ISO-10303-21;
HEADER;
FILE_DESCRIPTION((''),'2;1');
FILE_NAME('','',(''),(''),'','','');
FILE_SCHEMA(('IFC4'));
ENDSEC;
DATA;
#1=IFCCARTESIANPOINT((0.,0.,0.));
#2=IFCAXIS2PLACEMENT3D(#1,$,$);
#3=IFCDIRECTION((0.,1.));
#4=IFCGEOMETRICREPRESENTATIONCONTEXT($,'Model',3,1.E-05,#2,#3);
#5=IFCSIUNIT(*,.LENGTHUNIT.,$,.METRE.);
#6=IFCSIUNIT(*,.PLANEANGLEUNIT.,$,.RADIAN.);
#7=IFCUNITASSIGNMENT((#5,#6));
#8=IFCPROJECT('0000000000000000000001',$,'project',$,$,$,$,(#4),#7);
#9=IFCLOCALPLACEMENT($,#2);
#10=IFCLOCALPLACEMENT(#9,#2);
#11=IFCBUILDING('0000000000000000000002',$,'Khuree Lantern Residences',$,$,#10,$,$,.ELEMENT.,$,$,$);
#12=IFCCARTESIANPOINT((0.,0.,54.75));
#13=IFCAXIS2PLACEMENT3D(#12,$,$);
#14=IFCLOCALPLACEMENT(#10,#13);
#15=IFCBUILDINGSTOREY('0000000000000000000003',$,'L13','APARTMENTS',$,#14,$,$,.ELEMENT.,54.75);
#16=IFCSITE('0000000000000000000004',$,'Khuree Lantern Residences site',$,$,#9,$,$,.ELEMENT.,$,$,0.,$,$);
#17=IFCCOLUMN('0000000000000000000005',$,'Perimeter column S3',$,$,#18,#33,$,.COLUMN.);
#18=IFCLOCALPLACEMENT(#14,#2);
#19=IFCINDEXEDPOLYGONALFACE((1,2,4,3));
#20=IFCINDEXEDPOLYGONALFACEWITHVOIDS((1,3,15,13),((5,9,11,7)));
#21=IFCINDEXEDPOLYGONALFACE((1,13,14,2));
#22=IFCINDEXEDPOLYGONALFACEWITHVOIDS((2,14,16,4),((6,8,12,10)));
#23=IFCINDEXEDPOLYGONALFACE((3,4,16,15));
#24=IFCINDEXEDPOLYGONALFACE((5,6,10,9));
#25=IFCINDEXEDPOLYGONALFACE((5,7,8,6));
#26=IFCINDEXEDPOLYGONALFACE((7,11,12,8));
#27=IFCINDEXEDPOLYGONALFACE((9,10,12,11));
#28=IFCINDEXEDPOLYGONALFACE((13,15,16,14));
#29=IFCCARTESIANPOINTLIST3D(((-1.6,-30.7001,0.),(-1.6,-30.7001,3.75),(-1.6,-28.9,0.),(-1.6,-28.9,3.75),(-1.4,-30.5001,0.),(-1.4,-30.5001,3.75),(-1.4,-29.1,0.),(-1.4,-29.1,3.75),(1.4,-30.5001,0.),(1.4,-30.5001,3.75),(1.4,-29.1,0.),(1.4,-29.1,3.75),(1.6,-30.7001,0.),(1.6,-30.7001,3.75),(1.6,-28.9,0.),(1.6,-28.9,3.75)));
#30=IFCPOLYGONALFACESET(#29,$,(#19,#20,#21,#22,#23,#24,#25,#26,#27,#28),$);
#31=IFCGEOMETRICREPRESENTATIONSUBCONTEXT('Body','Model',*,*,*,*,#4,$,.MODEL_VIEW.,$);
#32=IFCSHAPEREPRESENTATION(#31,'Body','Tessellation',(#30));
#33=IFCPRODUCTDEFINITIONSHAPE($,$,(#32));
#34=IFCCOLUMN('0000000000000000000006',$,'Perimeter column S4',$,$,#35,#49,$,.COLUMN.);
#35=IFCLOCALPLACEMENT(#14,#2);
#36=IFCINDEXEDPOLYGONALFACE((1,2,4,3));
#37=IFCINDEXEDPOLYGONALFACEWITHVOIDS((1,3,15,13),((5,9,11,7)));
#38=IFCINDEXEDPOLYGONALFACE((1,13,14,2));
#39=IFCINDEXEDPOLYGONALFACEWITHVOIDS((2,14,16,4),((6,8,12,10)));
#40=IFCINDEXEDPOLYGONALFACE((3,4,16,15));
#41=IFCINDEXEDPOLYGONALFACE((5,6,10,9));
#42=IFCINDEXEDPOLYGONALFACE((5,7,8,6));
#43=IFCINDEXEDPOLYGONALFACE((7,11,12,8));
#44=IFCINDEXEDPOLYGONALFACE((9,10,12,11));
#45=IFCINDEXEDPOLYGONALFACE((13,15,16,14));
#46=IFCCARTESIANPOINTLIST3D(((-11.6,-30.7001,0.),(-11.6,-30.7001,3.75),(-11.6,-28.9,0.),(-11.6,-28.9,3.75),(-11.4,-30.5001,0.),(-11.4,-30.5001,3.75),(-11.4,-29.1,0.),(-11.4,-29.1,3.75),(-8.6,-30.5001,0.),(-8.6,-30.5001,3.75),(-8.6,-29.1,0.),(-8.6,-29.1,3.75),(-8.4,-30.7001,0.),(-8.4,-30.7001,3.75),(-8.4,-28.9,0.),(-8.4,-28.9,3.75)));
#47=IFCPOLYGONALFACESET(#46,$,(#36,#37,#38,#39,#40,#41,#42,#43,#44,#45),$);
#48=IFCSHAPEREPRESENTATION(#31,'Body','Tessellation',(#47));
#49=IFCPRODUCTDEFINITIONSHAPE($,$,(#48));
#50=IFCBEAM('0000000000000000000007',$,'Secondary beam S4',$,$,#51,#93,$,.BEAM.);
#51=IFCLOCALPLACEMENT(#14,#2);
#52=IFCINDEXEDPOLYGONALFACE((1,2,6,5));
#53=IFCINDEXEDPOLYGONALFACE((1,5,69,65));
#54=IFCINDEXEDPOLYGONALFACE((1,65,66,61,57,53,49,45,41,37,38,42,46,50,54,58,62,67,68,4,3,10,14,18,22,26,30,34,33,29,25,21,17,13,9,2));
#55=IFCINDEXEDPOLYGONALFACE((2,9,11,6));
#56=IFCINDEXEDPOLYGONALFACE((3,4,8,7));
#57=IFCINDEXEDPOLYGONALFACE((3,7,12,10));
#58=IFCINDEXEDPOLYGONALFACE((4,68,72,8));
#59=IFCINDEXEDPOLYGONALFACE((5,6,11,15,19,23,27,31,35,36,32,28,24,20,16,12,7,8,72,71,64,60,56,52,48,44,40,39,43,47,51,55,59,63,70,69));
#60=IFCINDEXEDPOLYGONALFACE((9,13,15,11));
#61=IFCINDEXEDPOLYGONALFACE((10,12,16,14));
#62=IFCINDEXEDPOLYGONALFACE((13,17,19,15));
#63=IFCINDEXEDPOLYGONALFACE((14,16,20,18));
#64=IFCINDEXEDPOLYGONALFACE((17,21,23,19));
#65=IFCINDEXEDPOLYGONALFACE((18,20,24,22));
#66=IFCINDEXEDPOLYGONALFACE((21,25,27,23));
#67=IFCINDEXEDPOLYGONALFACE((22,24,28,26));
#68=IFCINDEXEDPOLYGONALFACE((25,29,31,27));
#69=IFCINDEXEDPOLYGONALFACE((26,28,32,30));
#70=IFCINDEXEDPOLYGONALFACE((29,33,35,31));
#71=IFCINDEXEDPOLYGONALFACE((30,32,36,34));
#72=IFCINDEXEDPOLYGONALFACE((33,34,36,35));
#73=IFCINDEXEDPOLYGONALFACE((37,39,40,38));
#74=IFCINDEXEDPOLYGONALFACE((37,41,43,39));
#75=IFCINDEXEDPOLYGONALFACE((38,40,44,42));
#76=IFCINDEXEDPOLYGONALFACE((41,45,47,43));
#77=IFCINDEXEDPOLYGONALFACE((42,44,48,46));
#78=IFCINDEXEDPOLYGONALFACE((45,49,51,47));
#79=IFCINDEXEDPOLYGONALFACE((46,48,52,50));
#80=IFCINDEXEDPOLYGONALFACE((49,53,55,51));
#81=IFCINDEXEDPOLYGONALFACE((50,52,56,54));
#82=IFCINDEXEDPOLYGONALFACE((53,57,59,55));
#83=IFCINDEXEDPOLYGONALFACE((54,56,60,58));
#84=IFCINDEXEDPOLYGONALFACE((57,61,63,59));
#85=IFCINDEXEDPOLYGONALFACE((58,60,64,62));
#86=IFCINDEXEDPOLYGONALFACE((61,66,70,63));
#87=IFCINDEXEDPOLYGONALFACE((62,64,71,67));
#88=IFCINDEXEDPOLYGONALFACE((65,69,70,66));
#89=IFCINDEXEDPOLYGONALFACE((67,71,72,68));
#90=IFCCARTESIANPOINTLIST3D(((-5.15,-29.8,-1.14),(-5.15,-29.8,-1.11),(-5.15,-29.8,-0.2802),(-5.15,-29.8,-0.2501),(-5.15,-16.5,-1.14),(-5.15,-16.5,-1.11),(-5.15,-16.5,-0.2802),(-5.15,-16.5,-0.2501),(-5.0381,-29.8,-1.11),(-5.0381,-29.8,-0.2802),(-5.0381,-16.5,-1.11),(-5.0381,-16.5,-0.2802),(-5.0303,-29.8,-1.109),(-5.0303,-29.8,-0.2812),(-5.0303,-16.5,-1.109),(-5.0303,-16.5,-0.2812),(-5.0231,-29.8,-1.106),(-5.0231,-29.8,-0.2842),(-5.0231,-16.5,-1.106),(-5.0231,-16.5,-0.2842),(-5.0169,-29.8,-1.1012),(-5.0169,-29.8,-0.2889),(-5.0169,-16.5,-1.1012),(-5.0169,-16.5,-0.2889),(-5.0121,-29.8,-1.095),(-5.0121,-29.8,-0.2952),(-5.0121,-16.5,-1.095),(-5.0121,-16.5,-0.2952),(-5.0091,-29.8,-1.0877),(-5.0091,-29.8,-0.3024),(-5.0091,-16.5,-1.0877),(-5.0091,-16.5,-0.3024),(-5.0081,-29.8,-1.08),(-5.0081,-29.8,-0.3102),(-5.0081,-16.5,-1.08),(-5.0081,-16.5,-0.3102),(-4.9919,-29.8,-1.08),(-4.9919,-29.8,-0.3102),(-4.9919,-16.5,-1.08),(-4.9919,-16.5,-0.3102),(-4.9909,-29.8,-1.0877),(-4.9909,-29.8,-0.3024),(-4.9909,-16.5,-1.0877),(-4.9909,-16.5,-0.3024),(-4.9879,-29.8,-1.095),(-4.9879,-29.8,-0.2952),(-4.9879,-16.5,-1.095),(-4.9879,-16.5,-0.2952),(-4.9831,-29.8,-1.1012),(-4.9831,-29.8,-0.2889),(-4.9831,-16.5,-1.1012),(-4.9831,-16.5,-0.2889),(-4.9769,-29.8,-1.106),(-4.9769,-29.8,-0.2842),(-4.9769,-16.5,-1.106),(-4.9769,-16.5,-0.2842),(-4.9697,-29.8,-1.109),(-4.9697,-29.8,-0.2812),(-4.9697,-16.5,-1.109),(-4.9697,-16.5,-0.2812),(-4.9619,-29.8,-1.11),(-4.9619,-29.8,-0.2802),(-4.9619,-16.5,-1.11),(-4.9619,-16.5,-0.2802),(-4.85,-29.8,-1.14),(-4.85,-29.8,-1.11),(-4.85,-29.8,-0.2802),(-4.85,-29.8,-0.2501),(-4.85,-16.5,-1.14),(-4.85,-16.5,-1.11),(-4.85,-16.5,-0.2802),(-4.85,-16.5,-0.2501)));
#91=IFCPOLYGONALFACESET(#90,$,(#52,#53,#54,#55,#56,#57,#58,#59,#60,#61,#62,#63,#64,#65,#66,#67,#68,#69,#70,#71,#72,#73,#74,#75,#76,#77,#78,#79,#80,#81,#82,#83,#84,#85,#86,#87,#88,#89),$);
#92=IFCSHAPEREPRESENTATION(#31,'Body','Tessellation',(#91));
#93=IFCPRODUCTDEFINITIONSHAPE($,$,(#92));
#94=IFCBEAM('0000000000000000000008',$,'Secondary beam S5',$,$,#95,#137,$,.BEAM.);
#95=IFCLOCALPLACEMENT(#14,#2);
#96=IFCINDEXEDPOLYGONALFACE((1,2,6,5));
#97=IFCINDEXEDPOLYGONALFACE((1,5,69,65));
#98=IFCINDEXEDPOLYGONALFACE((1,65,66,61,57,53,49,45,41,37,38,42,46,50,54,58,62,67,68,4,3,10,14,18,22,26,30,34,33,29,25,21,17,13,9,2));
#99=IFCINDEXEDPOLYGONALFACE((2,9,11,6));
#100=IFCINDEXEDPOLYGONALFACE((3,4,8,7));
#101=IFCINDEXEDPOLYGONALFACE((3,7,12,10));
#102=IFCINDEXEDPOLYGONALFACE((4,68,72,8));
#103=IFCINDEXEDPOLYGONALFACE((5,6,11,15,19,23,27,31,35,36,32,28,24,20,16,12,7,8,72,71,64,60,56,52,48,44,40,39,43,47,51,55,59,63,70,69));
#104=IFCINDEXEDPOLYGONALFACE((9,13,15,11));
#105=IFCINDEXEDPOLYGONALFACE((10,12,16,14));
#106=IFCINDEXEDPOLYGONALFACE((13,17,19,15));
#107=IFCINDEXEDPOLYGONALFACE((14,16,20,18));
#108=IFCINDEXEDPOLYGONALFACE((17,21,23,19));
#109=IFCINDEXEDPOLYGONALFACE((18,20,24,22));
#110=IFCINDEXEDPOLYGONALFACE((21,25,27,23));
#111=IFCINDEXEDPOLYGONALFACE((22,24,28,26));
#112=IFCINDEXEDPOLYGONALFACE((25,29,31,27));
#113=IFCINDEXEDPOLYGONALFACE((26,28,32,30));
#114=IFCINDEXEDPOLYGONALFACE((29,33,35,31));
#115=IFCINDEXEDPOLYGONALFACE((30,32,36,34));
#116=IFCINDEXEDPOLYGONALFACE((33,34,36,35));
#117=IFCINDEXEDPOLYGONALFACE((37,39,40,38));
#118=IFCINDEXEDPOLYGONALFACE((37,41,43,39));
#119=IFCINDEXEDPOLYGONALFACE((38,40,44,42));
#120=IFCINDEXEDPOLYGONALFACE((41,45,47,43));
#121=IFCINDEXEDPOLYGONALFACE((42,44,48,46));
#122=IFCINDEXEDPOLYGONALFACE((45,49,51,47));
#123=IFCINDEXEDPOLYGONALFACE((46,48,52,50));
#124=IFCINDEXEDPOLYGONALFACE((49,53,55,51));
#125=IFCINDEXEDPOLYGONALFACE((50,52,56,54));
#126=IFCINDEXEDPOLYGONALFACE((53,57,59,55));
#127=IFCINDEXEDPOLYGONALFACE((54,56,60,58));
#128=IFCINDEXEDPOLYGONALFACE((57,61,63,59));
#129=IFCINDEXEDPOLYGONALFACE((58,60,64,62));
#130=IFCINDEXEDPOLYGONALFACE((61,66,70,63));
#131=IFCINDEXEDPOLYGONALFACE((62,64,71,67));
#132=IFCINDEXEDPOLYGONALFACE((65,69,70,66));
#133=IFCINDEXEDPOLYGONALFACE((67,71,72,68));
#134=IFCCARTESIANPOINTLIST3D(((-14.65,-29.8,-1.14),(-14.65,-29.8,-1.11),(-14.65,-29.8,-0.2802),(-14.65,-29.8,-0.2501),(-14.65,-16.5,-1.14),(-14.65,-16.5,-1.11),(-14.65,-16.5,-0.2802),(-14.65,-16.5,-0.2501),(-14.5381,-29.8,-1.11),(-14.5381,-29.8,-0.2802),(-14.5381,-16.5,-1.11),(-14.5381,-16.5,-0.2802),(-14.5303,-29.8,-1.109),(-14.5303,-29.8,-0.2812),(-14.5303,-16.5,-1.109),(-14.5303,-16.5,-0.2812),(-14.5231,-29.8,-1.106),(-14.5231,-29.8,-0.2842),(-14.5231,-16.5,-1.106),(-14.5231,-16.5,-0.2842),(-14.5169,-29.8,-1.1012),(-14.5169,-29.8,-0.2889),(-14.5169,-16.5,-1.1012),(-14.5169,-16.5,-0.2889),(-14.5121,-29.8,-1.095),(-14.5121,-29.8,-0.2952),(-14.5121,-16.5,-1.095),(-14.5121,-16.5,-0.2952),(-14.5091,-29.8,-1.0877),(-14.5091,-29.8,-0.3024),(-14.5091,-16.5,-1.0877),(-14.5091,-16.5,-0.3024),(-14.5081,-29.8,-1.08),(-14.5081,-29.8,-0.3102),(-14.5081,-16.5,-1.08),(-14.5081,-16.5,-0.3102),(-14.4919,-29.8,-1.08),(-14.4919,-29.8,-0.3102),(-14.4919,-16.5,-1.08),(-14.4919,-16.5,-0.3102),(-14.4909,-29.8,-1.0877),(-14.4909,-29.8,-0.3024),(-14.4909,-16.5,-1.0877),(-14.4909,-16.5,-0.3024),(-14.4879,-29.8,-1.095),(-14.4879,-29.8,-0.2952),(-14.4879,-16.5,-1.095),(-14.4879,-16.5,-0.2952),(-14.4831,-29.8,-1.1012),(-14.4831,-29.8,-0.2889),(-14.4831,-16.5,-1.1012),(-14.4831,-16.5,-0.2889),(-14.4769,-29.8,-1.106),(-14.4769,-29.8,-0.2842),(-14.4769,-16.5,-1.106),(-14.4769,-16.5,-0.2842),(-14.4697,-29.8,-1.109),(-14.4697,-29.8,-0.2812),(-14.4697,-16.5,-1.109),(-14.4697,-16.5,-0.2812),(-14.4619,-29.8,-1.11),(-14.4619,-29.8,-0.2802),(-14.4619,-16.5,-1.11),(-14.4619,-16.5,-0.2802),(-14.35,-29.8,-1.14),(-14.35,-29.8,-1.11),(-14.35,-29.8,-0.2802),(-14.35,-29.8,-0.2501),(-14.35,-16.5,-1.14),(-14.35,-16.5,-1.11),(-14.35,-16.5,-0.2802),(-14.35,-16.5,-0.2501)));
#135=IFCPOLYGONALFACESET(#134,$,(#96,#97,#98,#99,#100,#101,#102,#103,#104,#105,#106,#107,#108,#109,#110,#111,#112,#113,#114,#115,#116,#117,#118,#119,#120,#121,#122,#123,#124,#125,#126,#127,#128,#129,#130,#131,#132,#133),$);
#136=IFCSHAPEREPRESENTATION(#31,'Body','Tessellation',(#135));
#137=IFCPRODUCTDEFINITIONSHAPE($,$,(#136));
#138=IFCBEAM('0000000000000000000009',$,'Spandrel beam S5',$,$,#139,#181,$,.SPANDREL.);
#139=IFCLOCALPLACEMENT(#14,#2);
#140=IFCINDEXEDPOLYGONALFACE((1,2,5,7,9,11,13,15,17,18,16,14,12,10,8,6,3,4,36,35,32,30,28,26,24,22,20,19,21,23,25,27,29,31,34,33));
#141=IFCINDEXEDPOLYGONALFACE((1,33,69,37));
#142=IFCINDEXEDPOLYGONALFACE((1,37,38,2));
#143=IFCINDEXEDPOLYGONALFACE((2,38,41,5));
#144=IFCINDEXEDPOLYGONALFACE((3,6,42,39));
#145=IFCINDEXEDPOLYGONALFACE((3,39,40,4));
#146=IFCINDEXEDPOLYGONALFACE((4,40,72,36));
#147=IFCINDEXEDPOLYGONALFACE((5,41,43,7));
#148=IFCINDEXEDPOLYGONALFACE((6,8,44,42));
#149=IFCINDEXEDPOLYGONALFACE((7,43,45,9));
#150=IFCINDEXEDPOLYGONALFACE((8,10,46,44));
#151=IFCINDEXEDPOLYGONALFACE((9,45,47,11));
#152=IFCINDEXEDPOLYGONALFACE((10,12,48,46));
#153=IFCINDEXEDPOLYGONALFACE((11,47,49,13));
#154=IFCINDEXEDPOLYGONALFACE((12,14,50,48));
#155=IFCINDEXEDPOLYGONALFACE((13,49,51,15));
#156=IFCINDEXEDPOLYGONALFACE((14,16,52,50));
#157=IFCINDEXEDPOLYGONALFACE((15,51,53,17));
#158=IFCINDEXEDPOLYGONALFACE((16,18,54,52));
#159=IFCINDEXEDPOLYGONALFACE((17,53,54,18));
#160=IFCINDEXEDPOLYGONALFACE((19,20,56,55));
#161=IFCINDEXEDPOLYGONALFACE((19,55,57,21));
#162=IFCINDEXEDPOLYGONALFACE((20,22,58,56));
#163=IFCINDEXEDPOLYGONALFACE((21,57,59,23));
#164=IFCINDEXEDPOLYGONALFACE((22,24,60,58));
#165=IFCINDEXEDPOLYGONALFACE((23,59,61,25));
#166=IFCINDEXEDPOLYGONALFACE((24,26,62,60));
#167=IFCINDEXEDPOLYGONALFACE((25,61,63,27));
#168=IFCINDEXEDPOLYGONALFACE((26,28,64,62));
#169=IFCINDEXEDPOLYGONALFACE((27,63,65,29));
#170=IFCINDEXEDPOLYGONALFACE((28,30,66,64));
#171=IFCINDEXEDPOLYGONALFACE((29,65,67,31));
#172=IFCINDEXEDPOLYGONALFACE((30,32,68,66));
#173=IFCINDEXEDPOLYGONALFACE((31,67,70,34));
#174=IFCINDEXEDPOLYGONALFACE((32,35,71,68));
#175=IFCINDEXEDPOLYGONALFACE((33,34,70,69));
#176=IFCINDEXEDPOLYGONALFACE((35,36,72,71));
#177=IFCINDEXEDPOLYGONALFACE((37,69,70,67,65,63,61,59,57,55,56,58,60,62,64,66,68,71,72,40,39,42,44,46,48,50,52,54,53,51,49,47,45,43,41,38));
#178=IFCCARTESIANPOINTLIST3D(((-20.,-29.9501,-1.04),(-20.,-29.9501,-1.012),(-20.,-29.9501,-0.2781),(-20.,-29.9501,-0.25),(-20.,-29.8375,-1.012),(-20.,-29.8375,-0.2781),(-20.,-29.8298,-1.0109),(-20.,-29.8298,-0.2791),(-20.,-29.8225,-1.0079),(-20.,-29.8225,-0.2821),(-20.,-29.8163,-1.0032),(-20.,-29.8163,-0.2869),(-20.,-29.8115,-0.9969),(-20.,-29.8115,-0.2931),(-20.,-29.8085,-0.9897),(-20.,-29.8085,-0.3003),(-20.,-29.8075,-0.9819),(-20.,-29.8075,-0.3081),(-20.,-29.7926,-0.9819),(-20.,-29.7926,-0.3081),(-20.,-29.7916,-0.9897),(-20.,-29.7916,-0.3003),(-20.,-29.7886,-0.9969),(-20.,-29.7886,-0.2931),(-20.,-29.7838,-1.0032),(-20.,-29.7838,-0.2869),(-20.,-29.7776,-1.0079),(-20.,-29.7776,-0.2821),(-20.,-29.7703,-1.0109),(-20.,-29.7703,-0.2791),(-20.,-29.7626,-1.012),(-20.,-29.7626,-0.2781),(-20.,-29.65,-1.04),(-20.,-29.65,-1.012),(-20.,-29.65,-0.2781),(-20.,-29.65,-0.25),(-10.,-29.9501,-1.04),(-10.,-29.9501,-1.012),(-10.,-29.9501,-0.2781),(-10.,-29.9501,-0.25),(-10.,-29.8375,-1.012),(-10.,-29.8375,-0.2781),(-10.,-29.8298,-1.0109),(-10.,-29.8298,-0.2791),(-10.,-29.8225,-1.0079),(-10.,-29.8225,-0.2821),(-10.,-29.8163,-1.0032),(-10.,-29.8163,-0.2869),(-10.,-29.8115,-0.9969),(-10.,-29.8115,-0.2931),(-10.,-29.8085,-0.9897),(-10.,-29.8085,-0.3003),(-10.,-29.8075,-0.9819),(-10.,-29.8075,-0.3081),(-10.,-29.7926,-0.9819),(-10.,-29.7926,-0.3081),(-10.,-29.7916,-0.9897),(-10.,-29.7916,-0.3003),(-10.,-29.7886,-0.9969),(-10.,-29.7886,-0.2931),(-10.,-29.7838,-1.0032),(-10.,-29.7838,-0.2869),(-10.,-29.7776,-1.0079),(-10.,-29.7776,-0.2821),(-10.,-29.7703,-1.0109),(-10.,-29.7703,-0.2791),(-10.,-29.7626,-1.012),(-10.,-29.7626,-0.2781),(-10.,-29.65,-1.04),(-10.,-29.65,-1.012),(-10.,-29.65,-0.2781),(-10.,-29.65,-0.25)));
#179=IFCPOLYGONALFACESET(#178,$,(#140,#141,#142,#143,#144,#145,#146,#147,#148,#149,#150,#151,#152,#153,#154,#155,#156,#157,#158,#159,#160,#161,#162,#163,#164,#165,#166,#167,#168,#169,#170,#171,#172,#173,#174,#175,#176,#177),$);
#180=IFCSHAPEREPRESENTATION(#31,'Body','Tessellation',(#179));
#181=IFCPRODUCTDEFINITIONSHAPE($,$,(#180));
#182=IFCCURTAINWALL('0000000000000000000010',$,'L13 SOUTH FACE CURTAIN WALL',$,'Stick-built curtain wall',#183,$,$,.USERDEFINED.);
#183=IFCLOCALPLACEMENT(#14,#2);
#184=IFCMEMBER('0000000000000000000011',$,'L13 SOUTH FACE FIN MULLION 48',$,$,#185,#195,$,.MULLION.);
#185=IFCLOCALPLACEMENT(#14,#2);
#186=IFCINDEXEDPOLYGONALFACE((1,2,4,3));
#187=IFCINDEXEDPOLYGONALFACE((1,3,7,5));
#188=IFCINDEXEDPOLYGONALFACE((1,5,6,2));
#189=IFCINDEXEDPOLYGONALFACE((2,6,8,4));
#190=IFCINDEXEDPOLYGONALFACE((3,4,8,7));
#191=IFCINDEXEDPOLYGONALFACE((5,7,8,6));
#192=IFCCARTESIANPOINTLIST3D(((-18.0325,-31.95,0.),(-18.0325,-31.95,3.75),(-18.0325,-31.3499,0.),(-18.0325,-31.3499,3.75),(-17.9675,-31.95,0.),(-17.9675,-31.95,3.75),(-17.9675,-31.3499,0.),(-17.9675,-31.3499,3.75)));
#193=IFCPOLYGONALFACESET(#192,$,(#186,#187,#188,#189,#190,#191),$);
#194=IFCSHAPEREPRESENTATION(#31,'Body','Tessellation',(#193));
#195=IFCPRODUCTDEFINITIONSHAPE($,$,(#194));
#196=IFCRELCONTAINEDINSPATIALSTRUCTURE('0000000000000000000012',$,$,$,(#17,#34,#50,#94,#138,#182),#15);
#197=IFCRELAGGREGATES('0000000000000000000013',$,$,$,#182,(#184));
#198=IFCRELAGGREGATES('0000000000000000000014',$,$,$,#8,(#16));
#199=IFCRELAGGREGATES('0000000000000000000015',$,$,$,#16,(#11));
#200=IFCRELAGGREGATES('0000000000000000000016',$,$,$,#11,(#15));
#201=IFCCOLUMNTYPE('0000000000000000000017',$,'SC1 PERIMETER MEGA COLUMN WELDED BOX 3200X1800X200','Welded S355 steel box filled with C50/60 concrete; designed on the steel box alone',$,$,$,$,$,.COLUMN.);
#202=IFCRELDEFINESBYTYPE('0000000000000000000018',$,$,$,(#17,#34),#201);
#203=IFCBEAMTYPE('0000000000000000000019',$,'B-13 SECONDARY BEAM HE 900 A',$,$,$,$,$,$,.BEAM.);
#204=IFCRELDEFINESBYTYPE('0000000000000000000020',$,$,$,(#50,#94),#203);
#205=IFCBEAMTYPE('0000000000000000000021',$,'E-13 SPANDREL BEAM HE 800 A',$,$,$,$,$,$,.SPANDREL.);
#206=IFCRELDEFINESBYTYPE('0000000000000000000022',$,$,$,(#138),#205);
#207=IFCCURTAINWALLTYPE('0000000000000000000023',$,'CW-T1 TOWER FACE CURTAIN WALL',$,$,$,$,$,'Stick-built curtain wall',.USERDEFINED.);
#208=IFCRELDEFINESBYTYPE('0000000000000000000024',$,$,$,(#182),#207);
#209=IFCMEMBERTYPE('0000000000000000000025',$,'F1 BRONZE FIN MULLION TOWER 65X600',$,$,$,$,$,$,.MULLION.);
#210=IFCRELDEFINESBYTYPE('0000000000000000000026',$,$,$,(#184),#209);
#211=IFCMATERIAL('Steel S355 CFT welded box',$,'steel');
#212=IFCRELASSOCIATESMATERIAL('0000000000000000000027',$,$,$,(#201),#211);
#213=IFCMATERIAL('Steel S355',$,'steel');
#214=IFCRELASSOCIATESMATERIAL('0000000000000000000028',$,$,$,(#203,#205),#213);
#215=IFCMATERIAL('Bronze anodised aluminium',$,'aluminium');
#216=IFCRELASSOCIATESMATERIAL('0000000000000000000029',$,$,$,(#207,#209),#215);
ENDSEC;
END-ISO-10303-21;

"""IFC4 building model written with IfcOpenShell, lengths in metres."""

from ifc_helpers import new_model, si_unit, direction, frame, origin, origin_2d, place, context, subcontext, project, spatial, rectangle, hollow_rectangle, i_section, extrude, material, material_profile, profile_set, type_object, element, aggregate, save


model = new_model("IFC4")

# Units and contexts
model_context = context("Model", 3, precision=1e-05, world=origin(), true_north=direction((0.0, 1.0)))
body_context = subcontext(model_context, "Body", "Model", "MODEL_VIEW")
ifc_project = project(units=[si_unit("LENGTHUNIT", "METRE"), si_unit("PLANEANGLEUNIT", "RADIAN")], contexts=[model_context])

# Site, building, storey
site_placement = place(None, origin())
site = spatial("IfcSite", under=ifc_project, at=site_placement, Name="Khuree Lantern Residences site", CompositionType="ELEMENT", RefElevation=0.0)
building_placement = place(site_placement, origin())
building = spatial("IfcBuilding", under=site, at=building_placement, Name="Khuree Lantern Residences", CompositionType="ELEMENT")
storey_placement = place(building_placement, frame((0.0, 0.0, 54.75)))
storey = spatial("IfcBuildingStorey", under=building, at=storey_placement, Name="L13", Description="APARTMENTS", CompositionType="ELEMENT", Elevation=54.75)

# Columns
ifc_material_1 = material(Name="Steel S355 CFT welded box", Category="steel")
ifc_material_profile_1 = material_profile(ifc_material_1, hollow_rectangle(XDim=3.2, YDim=1.8, WallThickness=0.2, at=origin_2d()), Name="WELDED BOX 3200X1800X200")
ifc_profile_set_1 = profile_set([ifc_material_profile_1], Name="Steel S355 CFT welded box")
column_type = type_object("IfcColumnType", Name="SC1 PERIMETER MEGA COLUMN WELDED BOX 3200X1800X200", Description="Welded S355 steel box filled with C50/60 concrete; designed on the steel box alone", PredefinedType="COLUMN", material=ifc_profile_set_1)
for number, where, z_axis, x_axis, name in (
    (1, (0.0, -29.8, 0.0), (0.0, 0.0, 1.0), (1.0, 0.0, 0.0), "Perimeter column S3"),
    (2, (-10.0, -29.8, 0.0), (0.0, 0.0, 1.0), (1.0, 0.0, 0.0), "Perimeter column S4"),
):
    element("IfcColumn", number, at=place(storey_placement, frame(where, z_axis=z_axis, x_axis=x_axis)), inside=storey, type_object=column_type, Name=name, PredefinedType="COLUMN", context=body_context, shape_type="SweptSolid", body=[
        extrude(hollow_rectangle(XDim=3.2, YDim=1.8, WallThickness=0.2, at=origin_2d()), origin(), (0.0, 0.0, 1.0), 3.75),
    ])

# Beams
ifc_material_2 = material(Name="Steel S355", Category="steel")
ifc_material_profile_2 = material_profile(ifc_material_2, i_section(OverallWidth=0.3, OverallDepth=0.8899, WebThickness=0.0161, FlangeThickness=0.03, FilletRadius=0.03, at=origin_2d()), Name="HE 900 A")
ifc_profile_set_2 = profile_set([ifc_material_profile_2], Name="Steel S355")
beam_type_1 = type_object("IfcBeamType", Name="B-13 SECONDARY BEAM HE 900 A", PredefinedType="BEAM", material=ifc_profile_set_2)
for number, where, z_axis, x_axis, name in (
    (3, (-5.0, -29.8, -0.6951), (0.0, 1.0, 0.0), (-1.0, 0.0, 0.0), "Secondary beam S4"),
    (4, (-14.5, -29.8, -0.6951), (0.0, 1.0, 0.0), (-1.0, 0.0, 0.0), "Secondary beam S5"),
):
    element("IfcBeam", number, at=place(storey_placement, frame(where, z_axis=z_axis, x_axis=x_axis)), inside=storey, type_object=beam_type_1, Name=name, PredefinedType="BEAM", context=body_context, shape_type="SweptSolid", body=[
        extrude(i_section(OverallWidth=0.3, OverallDepth=0.8899, WebThickness=0.0161, FlangeThickness=0.03, FilletRadius=0.03, at=origin_2d()), origin(), (0.0, 0.0, 1.0), 13.3),
    ])
ifc_material_profile_3 = material_profile(ifc_material_2, i_section(OverallWidth=0.3, OverallDepth=0.79, WebThickness=0.0149, FlangeThickness=0.0281, FilletRadius=0.03, at=origin_2d()), Name="HE 800 A")
ifc_profile_set_3 = profile_set([ifc_material_profile_3], Name="Steel S355")
beam_type_2 = type_object("IfcBeamType", Name="E-13 SPANDREL BEAM HE 800 A", PredefinedType="SPANDREL", material=ifc_profile_set_3)
beam_1_placement = place(storey_placement, frame((-10.0, -29.8, -0.645), z_axis=(-1.0, 0.0, 0.0), x_axis=(0.0, -1.0, 0.0)))
element("IfcBeam", 5, at=beam_1_placement, inside=storey, type_object=beam_type_2, Name="Spandrel beam S5", PredefinedType="SPANDREL", context=body_context, shape_type="SweptSolid", body=[
    extrude(i_section(OverallWidth=0.3, OverallDepth=0.79, WebThickness=0.0149, FlangeThickness=0.0281, FilletRadius=0.03, at=origin_2d()), origin(), (0.0, 0.0, 1.0), 10.0),
])

# Curtain wall, member
ifc_material_3 = material(Name="Bronze anodised aluminium", Category="aluminium")
curtain_wall_type = type_object("IfcCurtainWallType", Name="CW-T1 TOWER FACE CURTAIN WALL", ElementType="Stick-built curtain wall", PredefinedType="USERDEFINED", material=ifc_material_3)
curtain_wall_placement = place(storey_placement, origin())
curtain_wall = element("IfcCurtainWall", 6, at=curtain_wall_placement, inside=storey, type_object=curtain_wall_type, Name="L13 SOUTH FACE CURTAIN WALL", ObjectType="Stick-built curtain wall", PredefinedType="USERDEFINED")
ifc_material_profile_4 = material_profile(ifc_material_3, rectangle(XDim=0.0649, YDim=0.6001, at=origin_2d()), Name="F1 65X600")
ifc_profile_set_4 = profile_set([ifc_material_profile_4], Name="Bronze anodised aluminium")
member_type_1 = type_object("IfcMemberType", Name="F1 BRONZE FIN MULLION TOWER 65X600", PredefinedType="MULLION", material=ifc_profile_set_4)
member_1_placement = place(storey_placement, frame((-18.0, -31.6499, 0.0), z_axis=(0.0, 0.0, 1.0), x_axis=(1.0, 0.0, 0.0)))
member_1 = element("IfcMember", 7, at=member_1_placement, type_object=member_type_1, Name="L13 SOUTH FACE FIN MULLION 48", PredefinedType="MULLION", context=body_context, shape_type="SweptSolid", body=[
    extrude(rectangle(XDim=0.0649, YDim=0.6001, at=origin_2d()), origin(), (0.0, 0.0, 1.0), 3.75),
])

aggregate(curtain_wall, [member_1])

save(model, "model.ifc")
